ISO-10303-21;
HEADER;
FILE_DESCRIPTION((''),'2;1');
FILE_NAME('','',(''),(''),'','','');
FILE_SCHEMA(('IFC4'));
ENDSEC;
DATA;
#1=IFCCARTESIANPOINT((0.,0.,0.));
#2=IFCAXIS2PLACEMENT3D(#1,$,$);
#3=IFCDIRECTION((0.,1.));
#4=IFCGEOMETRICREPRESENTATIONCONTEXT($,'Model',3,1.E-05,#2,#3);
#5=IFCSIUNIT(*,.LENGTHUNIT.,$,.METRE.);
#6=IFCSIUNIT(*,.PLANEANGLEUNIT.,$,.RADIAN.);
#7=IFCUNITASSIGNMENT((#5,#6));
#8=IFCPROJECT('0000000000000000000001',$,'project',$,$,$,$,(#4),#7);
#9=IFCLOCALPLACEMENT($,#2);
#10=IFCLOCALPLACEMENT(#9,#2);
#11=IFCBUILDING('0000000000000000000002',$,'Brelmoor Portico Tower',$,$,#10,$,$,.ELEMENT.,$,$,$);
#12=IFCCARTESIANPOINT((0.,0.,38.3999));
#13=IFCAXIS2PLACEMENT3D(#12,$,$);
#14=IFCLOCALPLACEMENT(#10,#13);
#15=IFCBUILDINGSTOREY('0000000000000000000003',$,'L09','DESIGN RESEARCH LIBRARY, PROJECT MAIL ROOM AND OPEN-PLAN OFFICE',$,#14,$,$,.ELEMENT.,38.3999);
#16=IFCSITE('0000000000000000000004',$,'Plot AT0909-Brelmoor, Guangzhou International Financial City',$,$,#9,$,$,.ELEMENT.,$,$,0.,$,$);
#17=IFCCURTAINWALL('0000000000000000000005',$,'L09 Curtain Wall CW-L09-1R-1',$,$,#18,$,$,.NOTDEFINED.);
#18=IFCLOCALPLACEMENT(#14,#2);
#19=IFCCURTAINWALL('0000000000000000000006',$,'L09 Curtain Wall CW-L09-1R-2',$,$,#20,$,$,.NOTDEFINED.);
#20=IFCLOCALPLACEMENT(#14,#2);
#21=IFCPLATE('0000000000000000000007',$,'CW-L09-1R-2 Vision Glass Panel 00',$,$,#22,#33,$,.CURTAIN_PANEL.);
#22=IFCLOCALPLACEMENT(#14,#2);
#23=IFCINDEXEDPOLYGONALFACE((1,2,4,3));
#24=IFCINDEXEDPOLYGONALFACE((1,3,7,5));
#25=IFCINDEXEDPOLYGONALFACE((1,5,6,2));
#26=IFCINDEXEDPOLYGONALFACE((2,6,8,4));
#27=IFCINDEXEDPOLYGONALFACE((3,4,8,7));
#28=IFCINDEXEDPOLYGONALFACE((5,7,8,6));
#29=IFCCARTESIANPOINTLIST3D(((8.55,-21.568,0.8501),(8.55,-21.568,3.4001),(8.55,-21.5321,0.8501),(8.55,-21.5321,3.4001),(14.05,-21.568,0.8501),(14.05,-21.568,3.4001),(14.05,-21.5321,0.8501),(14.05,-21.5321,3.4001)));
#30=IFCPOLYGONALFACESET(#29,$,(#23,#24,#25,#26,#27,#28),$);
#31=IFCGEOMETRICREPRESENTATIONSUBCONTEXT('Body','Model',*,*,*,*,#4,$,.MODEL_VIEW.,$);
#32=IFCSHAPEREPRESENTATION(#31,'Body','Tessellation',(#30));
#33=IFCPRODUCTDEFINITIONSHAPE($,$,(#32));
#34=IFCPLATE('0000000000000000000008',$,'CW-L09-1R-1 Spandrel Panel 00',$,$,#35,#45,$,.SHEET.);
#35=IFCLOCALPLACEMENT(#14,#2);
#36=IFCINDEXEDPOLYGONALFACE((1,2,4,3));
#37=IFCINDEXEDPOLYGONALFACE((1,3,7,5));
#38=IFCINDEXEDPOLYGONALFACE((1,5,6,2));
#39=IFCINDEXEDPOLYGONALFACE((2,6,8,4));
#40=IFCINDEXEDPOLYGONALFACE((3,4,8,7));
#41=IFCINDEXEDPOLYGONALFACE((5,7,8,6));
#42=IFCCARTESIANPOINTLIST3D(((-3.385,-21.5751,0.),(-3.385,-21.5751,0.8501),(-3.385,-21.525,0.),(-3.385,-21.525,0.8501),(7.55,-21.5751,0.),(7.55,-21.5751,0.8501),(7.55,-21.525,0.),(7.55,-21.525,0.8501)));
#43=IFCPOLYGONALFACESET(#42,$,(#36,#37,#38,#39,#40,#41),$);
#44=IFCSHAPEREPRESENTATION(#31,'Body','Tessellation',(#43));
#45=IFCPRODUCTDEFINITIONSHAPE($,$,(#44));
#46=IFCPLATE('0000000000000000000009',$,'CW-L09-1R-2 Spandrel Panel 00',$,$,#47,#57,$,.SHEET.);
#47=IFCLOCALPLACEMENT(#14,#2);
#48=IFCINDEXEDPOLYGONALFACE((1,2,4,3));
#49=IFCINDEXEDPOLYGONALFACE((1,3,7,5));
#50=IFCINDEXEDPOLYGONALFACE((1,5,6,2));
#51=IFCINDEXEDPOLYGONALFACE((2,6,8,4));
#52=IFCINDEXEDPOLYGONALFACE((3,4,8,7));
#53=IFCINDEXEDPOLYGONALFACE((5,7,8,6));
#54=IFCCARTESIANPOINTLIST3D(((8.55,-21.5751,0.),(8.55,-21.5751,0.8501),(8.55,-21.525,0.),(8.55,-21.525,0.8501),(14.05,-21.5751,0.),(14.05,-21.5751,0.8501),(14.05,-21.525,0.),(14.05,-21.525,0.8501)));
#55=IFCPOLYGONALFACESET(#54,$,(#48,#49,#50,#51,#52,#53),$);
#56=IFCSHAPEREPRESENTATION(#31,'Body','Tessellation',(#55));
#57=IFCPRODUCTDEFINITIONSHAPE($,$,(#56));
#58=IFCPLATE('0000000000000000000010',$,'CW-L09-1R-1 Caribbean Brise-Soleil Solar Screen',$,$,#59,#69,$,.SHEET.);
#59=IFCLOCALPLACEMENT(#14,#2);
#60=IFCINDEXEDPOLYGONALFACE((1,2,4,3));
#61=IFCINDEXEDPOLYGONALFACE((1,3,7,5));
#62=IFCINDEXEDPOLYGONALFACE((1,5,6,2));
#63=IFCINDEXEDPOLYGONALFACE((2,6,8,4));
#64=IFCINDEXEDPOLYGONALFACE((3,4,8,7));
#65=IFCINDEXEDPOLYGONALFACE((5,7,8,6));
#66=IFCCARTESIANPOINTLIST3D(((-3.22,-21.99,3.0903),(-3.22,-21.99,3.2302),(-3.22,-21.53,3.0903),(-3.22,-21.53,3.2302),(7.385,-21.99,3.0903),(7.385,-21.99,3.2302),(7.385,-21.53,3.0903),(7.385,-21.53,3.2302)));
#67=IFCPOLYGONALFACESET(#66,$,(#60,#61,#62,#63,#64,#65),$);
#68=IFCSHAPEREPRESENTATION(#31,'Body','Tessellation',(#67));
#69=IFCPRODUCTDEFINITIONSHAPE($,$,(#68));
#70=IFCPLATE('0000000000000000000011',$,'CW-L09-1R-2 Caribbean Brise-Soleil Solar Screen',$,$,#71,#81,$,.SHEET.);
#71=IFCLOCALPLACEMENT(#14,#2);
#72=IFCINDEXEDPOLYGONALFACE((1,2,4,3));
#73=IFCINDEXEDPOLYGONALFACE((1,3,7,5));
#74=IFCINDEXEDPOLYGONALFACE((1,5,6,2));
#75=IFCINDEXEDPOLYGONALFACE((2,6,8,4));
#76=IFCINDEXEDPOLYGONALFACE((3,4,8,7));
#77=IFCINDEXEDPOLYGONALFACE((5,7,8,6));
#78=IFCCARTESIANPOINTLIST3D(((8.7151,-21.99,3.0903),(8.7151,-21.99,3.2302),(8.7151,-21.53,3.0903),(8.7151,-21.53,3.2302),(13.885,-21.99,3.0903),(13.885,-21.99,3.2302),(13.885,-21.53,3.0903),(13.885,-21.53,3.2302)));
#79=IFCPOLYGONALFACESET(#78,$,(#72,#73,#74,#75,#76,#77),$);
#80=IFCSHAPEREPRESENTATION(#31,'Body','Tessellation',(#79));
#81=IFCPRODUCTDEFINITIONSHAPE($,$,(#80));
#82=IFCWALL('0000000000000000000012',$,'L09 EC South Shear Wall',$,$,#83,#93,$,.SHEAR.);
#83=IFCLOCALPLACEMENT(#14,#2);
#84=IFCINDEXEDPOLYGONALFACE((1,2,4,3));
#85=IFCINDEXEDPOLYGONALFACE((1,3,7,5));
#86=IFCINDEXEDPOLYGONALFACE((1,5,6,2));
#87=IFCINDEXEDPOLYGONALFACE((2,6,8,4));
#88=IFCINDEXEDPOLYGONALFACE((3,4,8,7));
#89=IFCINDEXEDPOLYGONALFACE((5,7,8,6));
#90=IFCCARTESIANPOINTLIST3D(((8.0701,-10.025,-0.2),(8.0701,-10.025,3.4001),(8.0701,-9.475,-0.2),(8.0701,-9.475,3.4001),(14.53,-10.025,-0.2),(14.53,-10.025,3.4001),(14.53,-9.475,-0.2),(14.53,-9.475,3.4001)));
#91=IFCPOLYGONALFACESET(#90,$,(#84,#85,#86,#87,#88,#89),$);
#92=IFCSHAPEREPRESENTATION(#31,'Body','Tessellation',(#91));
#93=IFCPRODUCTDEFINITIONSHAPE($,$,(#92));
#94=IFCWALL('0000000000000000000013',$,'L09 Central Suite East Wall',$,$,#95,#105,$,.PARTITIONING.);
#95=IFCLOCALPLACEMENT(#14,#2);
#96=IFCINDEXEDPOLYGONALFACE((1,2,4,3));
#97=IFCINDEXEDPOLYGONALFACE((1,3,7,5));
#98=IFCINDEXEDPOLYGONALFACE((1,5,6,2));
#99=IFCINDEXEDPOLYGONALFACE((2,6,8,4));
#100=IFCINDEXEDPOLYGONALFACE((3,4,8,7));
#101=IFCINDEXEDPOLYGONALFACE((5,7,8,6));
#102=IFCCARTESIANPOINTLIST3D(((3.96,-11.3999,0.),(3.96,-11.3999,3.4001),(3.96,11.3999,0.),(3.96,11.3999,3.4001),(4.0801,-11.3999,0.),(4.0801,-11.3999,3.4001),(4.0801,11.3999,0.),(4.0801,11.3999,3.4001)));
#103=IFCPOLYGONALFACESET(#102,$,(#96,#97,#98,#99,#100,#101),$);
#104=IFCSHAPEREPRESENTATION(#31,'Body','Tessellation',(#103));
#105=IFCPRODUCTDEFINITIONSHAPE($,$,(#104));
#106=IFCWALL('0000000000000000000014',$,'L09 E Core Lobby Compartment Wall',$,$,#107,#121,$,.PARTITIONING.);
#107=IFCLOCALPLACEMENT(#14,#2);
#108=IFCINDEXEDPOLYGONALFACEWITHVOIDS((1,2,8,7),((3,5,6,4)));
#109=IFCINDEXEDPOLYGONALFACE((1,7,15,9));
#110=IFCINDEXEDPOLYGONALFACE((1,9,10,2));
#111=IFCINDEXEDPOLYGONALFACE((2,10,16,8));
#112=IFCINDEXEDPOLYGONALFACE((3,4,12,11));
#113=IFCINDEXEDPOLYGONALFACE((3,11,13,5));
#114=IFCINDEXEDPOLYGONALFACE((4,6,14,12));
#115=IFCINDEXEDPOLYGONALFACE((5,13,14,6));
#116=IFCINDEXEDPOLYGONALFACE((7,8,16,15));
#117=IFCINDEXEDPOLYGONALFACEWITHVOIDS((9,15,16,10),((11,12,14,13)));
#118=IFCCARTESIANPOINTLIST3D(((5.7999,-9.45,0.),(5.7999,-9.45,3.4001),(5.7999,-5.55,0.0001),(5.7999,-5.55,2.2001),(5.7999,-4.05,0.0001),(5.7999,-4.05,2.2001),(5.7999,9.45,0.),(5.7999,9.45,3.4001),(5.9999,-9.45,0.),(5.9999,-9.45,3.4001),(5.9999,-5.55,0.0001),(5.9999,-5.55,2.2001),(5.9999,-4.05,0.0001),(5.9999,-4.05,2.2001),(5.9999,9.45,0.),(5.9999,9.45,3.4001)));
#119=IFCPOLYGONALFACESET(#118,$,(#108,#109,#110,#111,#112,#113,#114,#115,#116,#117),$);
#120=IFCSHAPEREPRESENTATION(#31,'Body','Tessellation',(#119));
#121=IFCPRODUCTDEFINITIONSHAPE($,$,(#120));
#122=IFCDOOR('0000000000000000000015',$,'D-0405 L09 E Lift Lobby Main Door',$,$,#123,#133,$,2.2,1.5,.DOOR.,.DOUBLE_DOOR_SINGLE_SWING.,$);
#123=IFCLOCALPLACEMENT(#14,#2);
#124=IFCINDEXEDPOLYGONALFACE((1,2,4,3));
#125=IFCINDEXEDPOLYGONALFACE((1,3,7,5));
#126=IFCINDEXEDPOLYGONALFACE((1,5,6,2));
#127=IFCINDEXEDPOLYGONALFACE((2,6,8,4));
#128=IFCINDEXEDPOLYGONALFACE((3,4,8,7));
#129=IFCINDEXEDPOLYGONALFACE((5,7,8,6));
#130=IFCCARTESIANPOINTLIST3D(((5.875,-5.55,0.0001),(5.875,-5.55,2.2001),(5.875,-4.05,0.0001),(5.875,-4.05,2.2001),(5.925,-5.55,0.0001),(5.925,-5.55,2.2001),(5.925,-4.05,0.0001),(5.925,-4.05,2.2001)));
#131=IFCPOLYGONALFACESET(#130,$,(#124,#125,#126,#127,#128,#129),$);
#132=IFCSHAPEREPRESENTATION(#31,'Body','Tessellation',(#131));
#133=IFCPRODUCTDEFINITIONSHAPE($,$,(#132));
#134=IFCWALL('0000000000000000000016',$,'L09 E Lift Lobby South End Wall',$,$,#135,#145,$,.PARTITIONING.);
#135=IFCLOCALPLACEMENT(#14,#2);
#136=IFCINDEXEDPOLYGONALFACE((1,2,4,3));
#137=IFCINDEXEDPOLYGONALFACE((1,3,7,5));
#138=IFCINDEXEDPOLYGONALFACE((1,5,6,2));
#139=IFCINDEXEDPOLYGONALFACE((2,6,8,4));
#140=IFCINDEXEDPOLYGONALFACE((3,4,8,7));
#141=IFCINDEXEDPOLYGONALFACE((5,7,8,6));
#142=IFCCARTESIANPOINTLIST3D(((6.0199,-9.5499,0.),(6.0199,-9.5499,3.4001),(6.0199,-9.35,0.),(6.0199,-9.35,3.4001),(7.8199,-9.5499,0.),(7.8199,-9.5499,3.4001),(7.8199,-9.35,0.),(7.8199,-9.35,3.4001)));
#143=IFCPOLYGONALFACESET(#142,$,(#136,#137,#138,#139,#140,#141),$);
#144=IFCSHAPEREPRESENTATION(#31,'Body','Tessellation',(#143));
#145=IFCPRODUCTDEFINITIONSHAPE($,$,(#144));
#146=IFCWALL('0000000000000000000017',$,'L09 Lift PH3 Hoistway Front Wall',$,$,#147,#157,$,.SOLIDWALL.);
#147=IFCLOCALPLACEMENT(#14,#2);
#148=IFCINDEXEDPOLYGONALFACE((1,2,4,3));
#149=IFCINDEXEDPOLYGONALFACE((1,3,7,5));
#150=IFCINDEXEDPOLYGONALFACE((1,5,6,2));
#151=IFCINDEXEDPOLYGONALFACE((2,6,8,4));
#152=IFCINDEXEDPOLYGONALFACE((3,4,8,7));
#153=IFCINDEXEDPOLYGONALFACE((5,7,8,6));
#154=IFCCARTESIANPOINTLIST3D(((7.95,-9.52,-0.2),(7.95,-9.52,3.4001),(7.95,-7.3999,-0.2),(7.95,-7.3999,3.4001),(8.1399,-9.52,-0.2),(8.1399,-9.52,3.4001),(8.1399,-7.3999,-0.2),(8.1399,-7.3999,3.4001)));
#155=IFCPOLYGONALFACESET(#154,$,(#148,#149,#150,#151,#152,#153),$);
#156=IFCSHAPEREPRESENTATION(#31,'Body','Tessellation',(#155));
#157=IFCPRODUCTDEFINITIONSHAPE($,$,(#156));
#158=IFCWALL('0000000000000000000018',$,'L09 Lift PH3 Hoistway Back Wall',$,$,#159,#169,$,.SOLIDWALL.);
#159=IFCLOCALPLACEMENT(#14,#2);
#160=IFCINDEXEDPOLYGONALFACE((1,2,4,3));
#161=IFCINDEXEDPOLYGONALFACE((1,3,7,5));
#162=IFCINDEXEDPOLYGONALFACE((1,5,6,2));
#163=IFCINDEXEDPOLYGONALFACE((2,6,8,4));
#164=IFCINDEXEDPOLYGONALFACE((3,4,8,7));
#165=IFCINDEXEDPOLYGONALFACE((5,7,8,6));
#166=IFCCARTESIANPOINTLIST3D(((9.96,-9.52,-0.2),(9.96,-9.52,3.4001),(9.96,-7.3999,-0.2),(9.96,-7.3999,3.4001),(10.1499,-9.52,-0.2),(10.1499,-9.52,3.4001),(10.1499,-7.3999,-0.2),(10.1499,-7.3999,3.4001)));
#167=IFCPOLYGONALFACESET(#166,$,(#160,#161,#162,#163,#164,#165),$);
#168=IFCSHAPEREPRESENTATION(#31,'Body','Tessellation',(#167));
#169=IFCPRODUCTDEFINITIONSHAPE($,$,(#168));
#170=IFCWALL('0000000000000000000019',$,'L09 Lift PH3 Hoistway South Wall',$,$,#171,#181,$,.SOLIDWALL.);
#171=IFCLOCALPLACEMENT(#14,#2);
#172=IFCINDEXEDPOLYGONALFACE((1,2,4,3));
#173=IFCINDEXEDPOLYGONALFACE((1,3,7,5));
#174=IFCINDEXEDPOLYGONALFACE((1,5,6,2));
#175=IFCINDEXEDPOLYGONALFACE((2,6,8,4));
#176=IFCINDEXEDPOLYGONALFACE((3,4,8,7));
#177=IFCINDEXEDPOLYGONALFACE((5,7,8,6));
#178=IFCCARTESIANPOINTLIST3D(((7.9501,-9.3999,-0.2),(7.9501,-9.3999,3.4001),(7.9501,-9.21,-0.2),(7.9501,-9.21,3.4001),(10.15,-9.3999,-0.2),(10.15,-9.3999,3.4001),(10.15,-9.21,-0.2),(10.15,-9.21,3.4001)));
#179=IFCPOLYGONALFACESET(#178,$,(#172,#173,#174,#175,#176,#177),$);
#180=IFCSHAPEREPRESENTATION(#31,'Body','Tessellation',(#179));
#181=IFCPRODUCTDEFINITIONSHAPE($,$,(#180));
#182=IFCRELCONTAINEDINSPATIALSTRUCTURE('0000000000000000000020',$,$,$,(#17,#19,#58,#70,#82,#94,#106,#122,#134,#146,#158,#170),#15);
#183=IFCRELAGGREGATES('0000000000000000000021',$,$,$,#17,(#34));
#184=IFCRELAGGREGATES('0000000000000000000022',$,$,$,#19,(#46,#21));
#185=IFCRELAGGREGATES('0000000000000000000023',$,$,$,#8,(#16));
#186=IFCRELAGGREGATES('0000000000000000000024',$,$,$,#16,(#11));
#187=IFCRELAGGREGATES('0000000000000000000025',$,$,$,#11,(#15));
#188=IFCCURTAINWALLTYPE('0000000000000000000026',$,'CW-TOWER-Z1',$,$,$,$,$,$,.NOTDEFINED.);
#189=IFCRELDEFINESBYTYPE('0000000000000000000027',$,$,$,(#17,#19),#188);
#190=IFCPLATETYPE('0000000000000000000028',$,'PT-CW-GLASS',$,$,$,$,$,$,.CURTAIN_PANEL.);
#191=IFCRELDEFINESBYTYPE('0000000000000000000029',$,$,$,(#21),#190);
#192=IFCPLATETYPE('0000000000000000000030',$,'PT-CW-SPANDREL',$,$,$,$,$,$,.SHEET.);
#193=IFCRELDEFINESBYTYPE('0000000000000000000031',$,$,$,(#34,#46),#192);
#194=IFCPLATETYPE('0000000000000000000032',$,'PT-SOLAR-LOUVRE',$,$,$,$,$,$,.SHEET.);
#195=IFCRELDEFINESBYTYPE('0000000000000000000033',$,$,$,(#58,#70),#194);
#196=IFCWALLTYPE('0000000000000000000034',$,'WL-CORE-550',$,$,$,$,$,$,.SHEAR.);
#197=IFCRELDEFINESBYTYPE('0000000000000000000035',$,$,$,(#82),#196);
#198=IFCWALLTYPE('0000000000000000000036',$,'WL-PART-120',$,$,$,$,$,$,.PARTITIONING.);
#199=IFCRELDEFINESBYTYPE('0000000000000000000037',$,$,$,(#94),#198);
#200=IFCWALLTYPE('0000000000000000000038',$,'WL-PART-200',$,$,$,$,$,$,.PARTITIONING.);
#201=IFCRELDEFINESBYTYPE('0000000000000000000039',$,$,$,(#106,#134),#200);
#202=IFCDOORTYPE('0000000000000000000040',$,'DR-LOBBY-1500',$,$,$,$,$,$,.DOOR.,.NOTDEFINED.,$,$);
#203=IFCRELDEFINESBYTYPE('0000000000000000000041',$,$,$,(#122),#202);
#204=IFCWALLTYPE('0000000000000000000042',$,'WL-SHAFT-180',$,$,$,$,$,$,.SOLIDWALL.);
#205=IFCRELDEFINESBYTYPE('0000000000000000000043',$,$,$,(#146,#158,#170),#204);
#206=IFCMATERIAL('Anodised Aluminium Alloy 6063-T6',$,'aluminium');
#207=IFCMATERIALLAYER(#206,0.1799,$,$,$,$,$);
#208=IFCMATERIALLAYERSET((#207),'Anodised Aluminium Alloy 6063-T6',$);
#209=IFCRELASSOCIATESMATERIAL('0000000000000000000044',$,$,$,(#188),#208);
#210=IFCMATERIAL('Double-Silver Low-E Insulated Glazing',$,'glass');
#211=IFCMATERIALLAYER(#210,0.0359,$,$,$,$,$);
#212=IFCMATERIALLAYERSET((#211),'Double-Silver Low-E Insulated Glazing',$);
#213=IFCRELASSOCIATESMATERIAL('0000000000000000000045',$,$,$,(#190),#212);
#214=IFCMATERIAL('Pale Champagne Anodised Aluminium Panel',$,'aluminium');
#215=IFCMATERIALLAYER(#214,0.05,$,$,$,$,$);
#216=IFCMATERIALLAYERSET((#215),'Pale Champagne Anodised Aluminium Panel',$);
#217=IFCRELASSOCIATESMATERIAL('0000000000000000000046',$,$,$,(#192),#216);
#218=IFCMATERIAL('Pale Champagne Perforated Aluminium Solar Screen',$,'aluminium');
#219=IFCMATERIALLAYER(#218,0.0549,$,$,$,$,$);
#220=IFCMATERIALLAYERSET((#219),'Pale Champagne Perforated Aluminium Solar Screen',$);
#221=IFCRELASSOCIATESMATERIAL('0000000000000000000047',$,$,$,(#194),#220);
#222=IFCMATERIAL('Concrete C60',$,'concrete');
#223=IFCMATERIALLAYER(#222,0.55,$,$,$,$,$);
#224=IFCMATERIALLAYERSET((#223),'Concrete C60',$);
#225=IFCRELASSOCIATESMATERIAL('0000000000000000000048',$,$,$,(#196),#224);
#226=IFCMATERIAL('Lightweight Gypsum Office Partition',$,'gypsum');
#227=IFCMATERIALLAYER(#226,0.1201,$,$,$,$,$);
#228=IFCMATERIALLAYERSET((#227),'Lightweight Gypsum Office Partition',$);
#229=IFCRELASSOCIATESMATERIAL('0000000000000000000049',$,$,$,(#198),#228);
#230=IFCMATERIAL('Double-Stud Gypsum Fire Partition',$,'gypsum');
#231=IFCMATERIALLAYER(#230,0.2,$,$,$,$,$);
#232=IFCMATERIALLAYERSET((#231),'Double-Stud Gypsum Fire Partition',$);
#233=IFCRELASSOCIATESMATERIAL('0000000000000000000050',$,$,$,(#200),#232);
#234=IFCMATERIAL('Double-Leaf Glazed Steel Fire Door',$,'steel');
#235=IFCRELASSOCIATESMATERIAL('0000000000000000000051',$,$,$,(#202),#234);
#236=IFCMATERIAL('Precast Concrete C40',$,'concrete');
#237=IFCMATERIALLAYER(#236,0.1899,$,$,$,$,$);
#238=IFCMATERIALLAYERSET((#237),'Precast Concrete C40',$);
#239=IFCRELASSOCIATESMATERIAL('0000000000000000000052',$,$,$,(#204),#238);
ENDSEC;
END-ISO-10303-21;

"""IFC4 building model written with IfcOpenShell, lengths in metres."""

from ifc_helpers import new_model, si_unit, direction, frame, frame_2d, origin, origin_2d, place, context, subcontext, project, spatial, rectangle, extrude, material, layer, layer_set, type_object, element, fill, aggregate, save


model = new_model("IFC4")

# Units and contexts
model_context = context("Model", 3, precision=1e-05, world=origin(), true_north=direction((0.0, 1.0)))
body_context = subcontext(model_context, "Body", "Model", "MODEL_VIEW")
ifc_project = project(units=[si_unit("LENGTHUNIT", "METRE"), si_unit("PLANEANGLEUNIT", "RADIAN")], contexts=[model_context])

# Site, building, storey
site_placement = place(None, origin())
site = spatial("IfcSite", under=ifc_project, at=site_placement, Name="Plot AT0909-Brelmoor, Guangzhou International Financial City", CompositionType="ELEMENT", RefElevation=0.0)
building_placement = place(site_placement, origin())
building = spatial("IfcBuilding", under=site, at=building_placement, Name="Brelmoor Portico Tower", CompositionType="ELEMENT")
storey_placement = place(building_placement, frame((0.0, 0.0, 38.3999)))
storey = spatial("IfcBuildingStorey", under=building, at=storey_placement, Name="L09", Description="DESIGN RESEARCH LIBRARY, PROJECT MAIL ROOM AND OPEN-PLAN OFFICE", CompositionType="ELEMENT", Elevation=38.3999)

# Curtain wall
ifc_material_1 = material(Name="Anodised Aluminium Alloy 6063-T6", Category="aluminium")
ifc_layer_1 = layer(ifc_material_1, 0.1799)
ifc_layer_set_1 = layer_set([ifc_layer_1], Name="Anodised Aluminium Alloy 6063-T6")
curtain_wall_type = type_object("IfcCurtainWallType", Name="CW-TOWER-Z1", PredefinedType="NOTDEFINED", material=ifc_layer_set_1)
curtain_wall_1_placement = place(storey_placement, origin())
curtain_wall_1 = element("IfcCurtainWall", 1, at=curtain_wall_1_placement, inside=storey, type_object=curtain_wall_type, Name="L09 Curtain Wall CW-L09-1R-1", PredefinedType="NOTDEFINED")

# Curtain wall
curtain_wall_2_placement = place(storey_placement, origin())
curtain_wall_2 = element("IfcCurtainWall", 2, at=curtain_wall_2_placement, inside=storey, type_object=curtain_wall_type, Name="L09 Curtain Wall CW-L09-1R-2", PredefinedType="NOTDEFINED")

# Plates
ifc_material_2 = material(Name="Double-Silver Low-E Insulated Glazing", Category="glass")
ifc_layer_2 = layer(ifc_material_2, 0.0359)
ifc_layer_set_2 = layer_set([ifc_layer_2], Name="Double-Silver Low-E Insulated Glazing")
plate_type_1 = type_object("IfcPlateType", Name="PT-CW-GLASS", PredefinedType="CURTAIN_PANEL", material=ifc_layer_set_2)
plate_1_placement = place(storey_placement, frame((11.3, -21.55, 0.8501), z_axis=(0.0, 0.0, 1.0), x_axis=(1.0, 0.0, 0.0)))
plate_1 = element("IfcPlate", 3, at=plate_1_placement, type_object=plate_type_1, Name="CW-L09-1R-2 Vision Glass Panel 00", PredefinedType="CURTAIN_PANEL", context=body_context, shape_type="SweptSolid", body=[
    extrude(rectangle(XDim=5.5, YDim=0.0359, at=origin_2d()), origin(), (0.0, 0.0, 1.0), 2.55),
])
ifc_material_3 = material(Name="Pale Champagne Anodised Aluminium Panel", Category="aluminium")
ifc_layer_3 = layer(ifc_material_3, 0.05)
ifc_layer_set_3 = layer_set([ifc_layer_3], Name="Pale Champagne Anodised Aluminium Panel")
plate_type_2 = type_object("IfcPlateType", Name="PT-CW-SPANDREL", PredefinedType="SHEET", material=ifc_layer_set_3)
plate_2_placement = place(storey_placement, frame((2.0825, -21.55, 0.0), z_axis=(0.0, 0.0, 1.0), x_axis=(1.0, 0.0, 0.0)))
plate_2 = element("IfcPlate", 4, at=plate_2_placement, type_object=plate_type_2, Name="CW-L09-1R-1 Spandrel Panel 00", PredefinedType="SHEET", context=body_context, shape_type="SweptSolid", body=[
    extrude(rectangle(XDim=10.9351, YDim=0.05, at=origin_2d()), origin(), (0.0, 0.0, 1.0), 0.8501),
])
aggregate(curtain_wall_1, [plate_2])
plate_3_placement = place(storey_placement, frame((11.3, -21.55, 0.0), z_axis=(0.0, 0.0, 1.0), x_axis=(1.0, 0.0, 0.0)))
plate_3 = element("IfcPlate", 5, at=plate_3_placement, type_object=plate_type_2, Name="CW-L09-1R-2 Spandrel Panel 00", PredefinedType="SHEET", context=body_context, shape_type="SweptSolid", body=[
    extrude(rectangle(XDim=5.5, YDim=0.05, at=origin_2d()), origin(), (0.0, 0.0, 1.0), 0.8501),
])
aggregate(curtain_wall_2, [plate_3, plate_1])

# Plates
ifc_material_4 = material(Name="Pale Champagne Perforated Aluminium Solar Screen", Category="aluminium")
ifc_layer_4 = layer(ifc_material_4, 0.0549)
ifc_layer_set_4 = layer_set([ifc_layer_4], Name="Pale Champagne Perforated Aluminium Solar Screen")
plate_type_3 = type_object("IfcPlateType", Name="PT-SOLAR-LOUVRE", PredefinedType="SHEET", material=ifc_layer_set_4)
plate_4_placement = place(storey_placement, frame((2.0825, -21.76, 3.0903), z_axis=(0.0, 0.0, 1.0), x_axis=(1.0, 0.0, 0.0)))
element("IfcPlate", 6, at=plate_4_placement, inside=storey, type_object=plate_type_3, Name="CW-L09-1R-1 Caribbean Brise-Soleil Solar Screen", PredefinedType="SHEET", context=body_context, shape_type="SweptSolid", body=[
    extrude(rectangle(XDim=10.605, YDim=0.46, at=origin_2d()), origin(), (0.0, 0.0, 1.0), 0.1399),
])
plate_5_placement = place(storey_placement, frame((11.3, -21.76, 3.0903), z_axis=(0.0, 0.0, 1.0), x_axis=(1.0, 0.0, 0.0)))
element("IfcPlate", 7, at=plate_5_placement, inside=storey, type_object=plate_type_3, Name="CW-L09-1R-2 Caribbean Brise-Soleil Solar Screen", PredefinedType="SHEET", context=body_context, shape_type="SweptSolid", body=[
    extrude(rectangle(XDim=5.1699, YDim=0.46, at=origin_2d()), origin(), (0.0, 0.0, 1.0), 0.1399),
])

# Walls
ifc_material_5 = material(Name="Concrete C60", Category="concrete")
ifc_layer_5 = layer(ifc_material_5, 0.55)
ifc_layer_set_5 = layer_set([ifc_layer_5], Name="Concrete C60")
wall_type_1 = type_object("IfcWallType", Name="WL-CORE-550", PredefinedType="SHEAR", material=ifc_layer_set_5)
wall_1_placement = place(storey_placement, frame((8.0701, -9.75, -0.2), z_axis=(0.0, 0.0, 1.0), x_axis=(1.0, 0.0, 0.0)))
element("IfcWall", 8, at=wall_1_placement, inside=storey, type_object=wall_type_1, Name="L09 EC South Shear Wall", PredefinedType="SHEAR", context=body_context, shape_type="SweptSolid", body=[
    extrude(rectangle(XDim=6.46, YDim=0.55, at=frame_2d((3.23, 0.0))), origin(), (0.0, 0.0, 1.0), 3.6001),
])
ifc_material_6 = material(Name="Lightweight Gypsum Office Partition", Category="gypsum")
ifc_layer_6 = layer(ifc_material_6, 0.1201)
ifc_layer_set_6 = layer_set([ifc_layer_6], Name="Lightweight Gypsum Office Partition")
wall_type_2 = type_object("IfcWallType", Name="WL-PART-120", PredefinedType="PARTITIONING", material=ifc_layer_set_6)
wall_2_placement = place(storey_placement, frame((4.02, -11.3999, 0.0), z_axis=(0.0, 0.0, 1.0), x_axis=(0.0, 1.0, 0.0)))
element("IfcWall", 9, at=wall_2_placement, inside=storey, type_object=wall_type_2, Name="L09 Central Suite East Wall", PredefinedType="PARTITIONING", context=body_context, shape_type="SweptSolid", body=[
    extrude(rectangle(XDim=22.7998, YDim=0.1201, at=frame_2d((11.3999, 0.0))), origin(), (0.0, 0.0, 1.0), 3.4001),
])

# Wall, opening, door
ifc_material_7 = material(Name="Double-Stud Gypsum Fire Partition", Category="gypsum")
ifc_layer_7 = layer(ifc_material_7, 0.2)
ifc_layer_set_7 = layer_set([ifc_layer_7], Name="Double-Stud Gypsum Fire Partition")
wall_type_3 = type_object("IfcWallType", Name="WL-PART-200", PredefinedType="PARTITIONING", material=ifc_layer_set_7)
wall_3_placement = place(storey_placement, frame((5.8999, -9.45, 0.0), z_axis=(0.0, 0.0, 1.0), x_axis=(0.0, 1.0, 0.0)))
wall_3 = element("IfcWall", 10, at=wall_3_placement, inside=storey, type_object=wall_type_3, Name="L09 E Core Lobby Compartment Wall", PredefinedType="PARTITIONING", context=body_context, shape_type="SweptSolid", body=[
    extrude(rectangle(XDim=18.8999, YDim=0.2, at=frame_2d((9.45, 0.0))), origin(), (0.0, 0.0, 1.0), 3.4001),
])
opening_1_placement = place(wall_3_placement, frame((3.8999, 0.0, 0.0)))
opening_1 = element("IfcOpeningElement", 11, at=opening_1_placement, cuts=wall_3, PredefinedType="OPENING", context=body_context, shape_type="SweptSolid", body=[
    extrude(rectangle(XDim=1.5, YDim=2.2, at=frame_2d((0.75, 1.1001))), frame((0.0, 0.1099, 0.0), z_axis=(0.0, -1.0, 0.0), x_axis=(1.0, 0.0, 0.0)), (0.0, 0.0, 1.0), 0.22),
])
ifc_material_8 = material(Name="Double-Leaf Glazed Steel Fire Door", Category="steel")
door_type_1 = type_object("IfcDoorType", Name="DR-LOBBY-1500", OperationType="NOTDEFINED", PredefinedType="DOOR", material=ifc_material_8)
door_1_placement = place(opening_1_placement, origin())
door_1 = element("IfcDoor", 12, at=door_1_placement, inside=storey, type_object=door_type_1, Name="D-0405 L09 E Lift Lobby Main Door", OperationType="DOUBLE_DOOR_SINGLE_SWING", OverallHeight=2.2, OverallWidth=1.5, PredefinedType="DOOR", context=body_context, shape_type="SweptSolid", body=[
    extrude(rectangle(XDim=1.5, YDim=2.2, at=frame_2d((0.75, 1.1001))), frame((0.0, 0.0249, 0.0), z_axis=(0.0, -1.0, 0.0), x_axis=(1.0, 0.0, 0.0)), (0.0, 0.0, 1.0), 0.05),
])
fill(opening_1, door_1)

# Walls
wall_4_placement = place(storey_placement, frame((6.02, -9.45, 0.0), z_axis=(0.0, 0.0, 1.0), x_axis=(1.0, 0.0, 0.0)))
element("IfcWall", 13, at=wall_4_placement, inside=storey, type_object=wall_type_3, Name="L09 E Lift Lobby South End Wall", PredefinedType="PARTITIONING", context=body_context, shape_type="SweptSolid", body=[
    extrude(rectangle(XDim=1.8, YDim=0.2, at=frame_2d((0.8999, 0.0))), origin(), (0.0, 0.0, 1.0), 3.4001),
])
ifc_material_9 = material(Name="Precast Concrete C40", Category="concrete")
ifc_layer_8 = layer(ifc_material_9, 0.1899)
ifc_layer_set_8 = layer_set([ifc_layer_8], Name="Precast Concrete C40")
wall_type_4 = type_object("IfcWallType", Name="WL-SHAFT-180", PredefinedType="SOLIDWALL", material=ifc_layer_set_8)
for number, where, z_axis, x_axis, name in (
    (14, (8.0449, -9.52, -0.2), (0.0, 0.0, 1.0), (0.0, 1.0, 0.0), "L09 Lift PH3 Hoistway Front Wall"),
    (15, (10.0549, -9.52, -0.2), (0.0, 0.0, 1.0), (0.0, 1.0, 0.0), "L09 Lift PH3 Hoistway Back Wall"),
):
    element("IfcWall", number, at=place(storey_placement, frame(where, z_axis=z_axis, x_axis=x_axis)), inside=storey, type_object=wall_type_4, Name=name, PredefinedType="SOLIDWALL", context=body_context, shape_type="SweptSolid", body=[
        extrude(rectangle(XDim=2.1201, YDim=0.1899, at=frame_2d((1.0601, 0.0))), origin(), (0.0, 0.0, 1.0), 3.6001),
    ])
wall_5_placement = place(storey_placement, frame((7.95, -9.3049, -0.2), z_axis=(0.0, 0.0, 1.0), x_axis=(1.0, 0.0, 0.0)))
element("IfcWall", 16, at=wall_5_placement, inside=storey, type_object=wall_type_4, Name="L09 Lift PH3 Hoistway South Wall", PredefinedType="SOLIDWALL", context=body_context, shape_type="SweptSolid", body=[
    extrude(rectangle(XDim=2.2, YDim=0.1899, at=frame_2d((1.1001, 0.0))), origin(), (0.0, 0.0, 1.0), 3.6001),
])

save(model, "model.ifc")
